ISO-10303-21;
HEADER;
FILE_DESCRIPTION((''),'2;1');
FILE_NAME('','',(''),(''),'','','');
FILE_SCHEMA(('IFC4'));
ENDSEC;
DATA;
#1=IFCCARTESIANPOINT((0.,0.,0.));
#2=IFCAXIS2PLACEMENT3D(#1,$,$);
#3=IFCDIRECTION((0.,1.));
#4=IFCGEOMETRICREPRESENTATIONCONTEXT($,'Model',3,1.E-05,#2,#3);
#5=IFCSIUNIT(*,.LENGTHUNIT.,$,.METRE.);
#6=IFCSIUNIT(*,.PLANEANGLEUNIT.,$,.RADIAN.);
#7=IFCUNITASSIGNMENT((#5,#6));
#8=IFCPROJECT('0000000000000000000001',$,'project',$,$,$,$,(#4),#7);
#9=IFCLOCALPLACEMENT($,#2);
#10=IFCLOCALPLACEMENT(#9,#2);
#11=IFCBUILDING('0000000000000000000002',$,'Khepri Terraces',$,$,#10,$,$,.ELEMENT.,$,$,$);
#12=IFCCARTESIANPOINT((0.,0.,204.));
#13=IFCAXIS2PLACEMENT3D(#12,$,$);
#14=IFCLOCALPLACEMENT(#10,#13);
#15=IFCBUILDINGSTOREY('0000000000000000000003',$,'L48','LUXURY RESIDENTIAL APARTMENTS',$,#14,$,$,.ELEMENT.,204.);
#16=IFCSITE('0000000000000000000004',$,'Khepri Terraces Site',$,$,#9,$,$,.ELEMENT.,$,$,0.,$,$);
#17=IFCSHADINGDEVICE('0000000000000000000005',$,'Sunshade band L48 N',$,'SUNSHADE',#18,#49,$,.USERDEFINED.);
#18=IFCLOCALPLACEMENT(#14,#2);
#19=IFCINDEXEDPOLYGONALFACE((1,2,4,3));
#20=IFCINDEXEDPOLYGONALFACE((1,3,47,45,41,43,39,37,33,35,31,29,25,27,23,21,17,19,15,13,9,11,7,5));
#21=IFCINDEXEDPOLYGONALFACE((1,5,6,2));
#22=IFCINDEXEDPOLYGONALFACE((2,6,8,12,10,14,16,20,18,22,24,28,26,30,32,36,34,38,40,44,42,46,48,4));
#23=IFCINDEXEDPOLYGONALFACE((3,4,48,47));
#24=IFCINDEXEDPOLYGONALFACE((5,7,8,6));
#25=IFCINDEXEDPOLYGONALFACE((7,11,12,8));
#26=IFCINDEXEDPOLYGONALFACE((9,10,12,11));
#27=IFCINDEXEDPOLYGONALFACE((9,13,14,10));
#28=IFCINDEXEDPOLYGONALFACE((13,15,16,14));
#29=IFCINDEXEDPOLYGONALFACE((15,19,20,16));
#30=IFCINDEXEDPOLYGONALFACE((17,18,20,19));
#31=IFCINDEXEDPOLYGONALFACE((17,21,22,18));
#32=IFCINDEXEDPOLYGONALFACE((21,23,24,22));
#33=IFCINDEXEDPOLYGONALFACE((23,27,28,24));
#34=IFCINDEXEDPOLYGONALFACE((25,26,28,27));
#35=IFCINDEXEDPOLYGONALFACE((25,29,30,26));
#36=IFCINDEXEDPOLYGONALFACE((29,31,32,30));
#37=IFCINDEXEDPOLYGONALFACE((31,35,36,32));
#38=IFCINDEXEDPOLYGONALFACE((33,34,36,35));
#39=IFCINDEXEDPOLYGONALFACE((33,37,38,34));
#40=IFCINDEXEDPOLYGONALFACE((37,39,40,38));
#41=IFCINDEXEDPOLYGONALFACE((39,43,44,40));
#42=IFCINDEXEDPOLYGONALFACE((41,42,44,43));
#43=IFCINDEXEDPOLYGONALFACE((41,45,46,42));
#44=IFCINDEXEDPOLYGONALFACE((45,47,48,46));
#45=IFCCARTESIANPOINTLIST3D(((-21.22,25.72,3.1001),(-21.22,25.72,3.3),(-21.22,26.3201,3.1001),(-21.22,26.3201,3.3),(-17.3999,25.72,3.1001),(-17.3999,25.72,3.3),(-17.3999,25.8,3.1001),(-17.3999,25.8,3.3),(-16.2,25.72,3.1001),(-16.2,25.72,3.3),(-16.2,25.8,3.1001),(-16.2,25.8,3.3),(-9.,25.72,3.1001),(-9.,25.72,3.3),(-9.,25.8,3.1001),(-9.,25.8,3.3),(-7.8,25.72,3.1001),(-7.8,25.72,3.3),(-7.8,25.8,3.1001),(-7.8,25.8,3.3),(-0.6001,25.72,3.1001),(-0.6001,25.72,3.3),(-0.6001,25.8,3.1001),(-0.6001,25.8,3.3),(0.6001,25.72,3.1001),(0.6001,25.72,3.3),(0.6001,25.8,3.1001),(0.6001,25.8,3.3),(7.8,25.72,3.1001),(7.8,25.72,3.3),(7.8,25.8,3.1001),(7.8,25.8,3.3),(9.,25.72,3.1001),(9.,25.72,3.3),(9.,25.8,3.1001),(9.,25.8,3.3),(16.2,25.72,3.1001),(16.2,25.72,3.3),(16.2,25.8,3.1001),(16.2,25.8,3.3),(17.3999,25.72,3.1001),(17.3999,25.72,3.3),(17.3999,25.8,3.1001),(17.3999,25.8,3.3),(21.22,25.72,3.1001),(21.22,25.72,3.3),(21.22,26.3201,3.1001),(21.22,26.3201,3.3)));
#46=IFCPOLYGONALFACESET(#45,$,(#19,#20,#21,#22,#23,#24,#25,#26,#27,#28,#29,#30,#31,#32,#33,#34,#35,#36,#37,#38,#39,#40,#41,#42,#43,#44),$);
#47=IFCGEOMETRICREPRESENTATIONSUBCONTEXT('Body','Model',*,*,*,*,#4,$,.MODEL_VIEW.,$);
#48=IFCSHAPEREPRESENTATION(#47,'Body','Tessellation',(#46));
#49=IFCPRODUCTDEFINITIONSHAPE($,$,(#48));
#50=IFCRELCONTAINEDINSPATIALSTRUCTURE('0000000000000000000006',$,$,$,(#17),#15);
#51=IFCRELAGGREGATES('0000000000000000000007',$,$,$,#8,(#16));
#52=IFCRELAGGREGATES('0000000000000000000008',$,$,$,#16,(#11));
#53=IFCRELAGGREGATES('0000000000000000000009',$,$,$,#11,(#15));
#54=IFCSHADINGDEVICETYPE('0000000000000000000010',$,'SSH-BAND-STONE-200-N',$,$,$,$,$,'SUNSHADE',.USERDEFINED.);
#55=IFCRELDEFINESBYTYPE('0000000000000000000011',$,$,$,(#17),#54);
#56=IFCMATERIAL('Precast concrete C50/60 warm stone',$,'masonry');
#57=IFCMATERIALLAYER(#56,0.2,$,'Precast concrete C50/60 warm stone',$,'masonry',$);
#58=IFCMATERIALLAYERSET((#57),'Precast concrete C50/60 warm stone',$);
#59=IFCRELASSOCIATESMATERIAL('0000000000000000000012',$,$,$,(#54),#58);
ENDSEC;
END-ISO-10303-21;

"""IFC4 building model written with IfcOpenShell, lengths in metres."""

from ifc_helpers import new_model, si_unit, direction, frame, origin, place, context, subcontext, project, spatial, polyline, outline, extrude, material, layer, layer_set, type_object, element, save


model = new_model("IFC4")

# Units and contexts
model_context = context("Model", 3, precision=1e-05, world=origin(), true_north=direction((0.0, 1.0)))
body_context = subcontext(model_context, "Body", "Model", "MODEL_VIEW")
ifc_project = project(units=[si_unit("LENGTHUNIT", "METRE"), si_unit("PLANEANGLEUNIT", "RADIAN")], contexts=[model_context])

# Site, building, storey
site_placement = place(None, origin())
site = spatial("IfcSite", under=ifc_project, at=site_placement, Name="Khepri Terraces Site", CompositionType="ELEMENT", RefElevation=0.0)
building_placement = place(site_placement, origin())
building = spatial("IfcBuilding", under=site, at=building_placement, Name="Khepri Terraces", CompositionType="ELEMENT")
storey_placement = place(building_placement, frame((0.0, 0.0, 204.0)))
storey = spatial("IfcBuildingStorey", under=building, at=storey_placement, Name="L48", Description="LUXURY RESIDENTIAL APARTMENTS", CompositionType="ELEMENT", Elevation=204.0)

# Shading device
ifc_material_1 = material(Name="Precast concrete C50/60 warm stone", Category="masonry")
ifc_layer_1 = layer(ifc_material_1, 0.2, Name="Precast concrete C50/60 warm stone", Category="masonry")
ifc_layer_set_1 = layer_set([ifc_layer_1], Name="Precast concrete C50/60 warm stone")
shading_device_type_1 = type_object("IfcShadingDeviceType", Name="SSH-BAND-STONE-200-N", ElementType="SUNSHADE", PredefinedType="USERDEFINED", material=ifc_layer_set_1)
shading_device_1_placement = place(storey_placement, frame((0.0, 0.0, 3.1001)))
element("IfcShadingDevice", 1, at=shading_device_1_placement, inside=storey, type_object=shading_device_type_1, Name="Sunshade band L48 N", ObjectType="SUNSHADE", PredefinedType="USERDEFINED", context=body_context, shape_type="SweptSolid", body=[
    extrude(outline(polyline([(17.3999, 25.72), (21.22, 25.72), (21.22, 26.3201), (-21.22, 26.3201), (-21.22, 25.72), (-17.3999, 25.72), (-17.3999, 25.8), (-16.2, 25.8), (-16.2, 25.72), (-9.0, 25.72), (-9.0, 25.8), (-7.8, 25.8), (-7.8, 25.72), (-0.6001, 25.72), (-0.6001, 25.8), (0.6001, 25.8), (0.6001, 25.72), (7.8, 25.72), (7.8, 25.8), (9.0, 25.8), (9.0, 25.72), (16.2, 25.72), (16.2, 25.8), (17.3999, 25.8), (17.3999, 25.72)])), origin(), (0.0, 0.0, 1.0), 0.2),
])

save(model, "model.ifc")
